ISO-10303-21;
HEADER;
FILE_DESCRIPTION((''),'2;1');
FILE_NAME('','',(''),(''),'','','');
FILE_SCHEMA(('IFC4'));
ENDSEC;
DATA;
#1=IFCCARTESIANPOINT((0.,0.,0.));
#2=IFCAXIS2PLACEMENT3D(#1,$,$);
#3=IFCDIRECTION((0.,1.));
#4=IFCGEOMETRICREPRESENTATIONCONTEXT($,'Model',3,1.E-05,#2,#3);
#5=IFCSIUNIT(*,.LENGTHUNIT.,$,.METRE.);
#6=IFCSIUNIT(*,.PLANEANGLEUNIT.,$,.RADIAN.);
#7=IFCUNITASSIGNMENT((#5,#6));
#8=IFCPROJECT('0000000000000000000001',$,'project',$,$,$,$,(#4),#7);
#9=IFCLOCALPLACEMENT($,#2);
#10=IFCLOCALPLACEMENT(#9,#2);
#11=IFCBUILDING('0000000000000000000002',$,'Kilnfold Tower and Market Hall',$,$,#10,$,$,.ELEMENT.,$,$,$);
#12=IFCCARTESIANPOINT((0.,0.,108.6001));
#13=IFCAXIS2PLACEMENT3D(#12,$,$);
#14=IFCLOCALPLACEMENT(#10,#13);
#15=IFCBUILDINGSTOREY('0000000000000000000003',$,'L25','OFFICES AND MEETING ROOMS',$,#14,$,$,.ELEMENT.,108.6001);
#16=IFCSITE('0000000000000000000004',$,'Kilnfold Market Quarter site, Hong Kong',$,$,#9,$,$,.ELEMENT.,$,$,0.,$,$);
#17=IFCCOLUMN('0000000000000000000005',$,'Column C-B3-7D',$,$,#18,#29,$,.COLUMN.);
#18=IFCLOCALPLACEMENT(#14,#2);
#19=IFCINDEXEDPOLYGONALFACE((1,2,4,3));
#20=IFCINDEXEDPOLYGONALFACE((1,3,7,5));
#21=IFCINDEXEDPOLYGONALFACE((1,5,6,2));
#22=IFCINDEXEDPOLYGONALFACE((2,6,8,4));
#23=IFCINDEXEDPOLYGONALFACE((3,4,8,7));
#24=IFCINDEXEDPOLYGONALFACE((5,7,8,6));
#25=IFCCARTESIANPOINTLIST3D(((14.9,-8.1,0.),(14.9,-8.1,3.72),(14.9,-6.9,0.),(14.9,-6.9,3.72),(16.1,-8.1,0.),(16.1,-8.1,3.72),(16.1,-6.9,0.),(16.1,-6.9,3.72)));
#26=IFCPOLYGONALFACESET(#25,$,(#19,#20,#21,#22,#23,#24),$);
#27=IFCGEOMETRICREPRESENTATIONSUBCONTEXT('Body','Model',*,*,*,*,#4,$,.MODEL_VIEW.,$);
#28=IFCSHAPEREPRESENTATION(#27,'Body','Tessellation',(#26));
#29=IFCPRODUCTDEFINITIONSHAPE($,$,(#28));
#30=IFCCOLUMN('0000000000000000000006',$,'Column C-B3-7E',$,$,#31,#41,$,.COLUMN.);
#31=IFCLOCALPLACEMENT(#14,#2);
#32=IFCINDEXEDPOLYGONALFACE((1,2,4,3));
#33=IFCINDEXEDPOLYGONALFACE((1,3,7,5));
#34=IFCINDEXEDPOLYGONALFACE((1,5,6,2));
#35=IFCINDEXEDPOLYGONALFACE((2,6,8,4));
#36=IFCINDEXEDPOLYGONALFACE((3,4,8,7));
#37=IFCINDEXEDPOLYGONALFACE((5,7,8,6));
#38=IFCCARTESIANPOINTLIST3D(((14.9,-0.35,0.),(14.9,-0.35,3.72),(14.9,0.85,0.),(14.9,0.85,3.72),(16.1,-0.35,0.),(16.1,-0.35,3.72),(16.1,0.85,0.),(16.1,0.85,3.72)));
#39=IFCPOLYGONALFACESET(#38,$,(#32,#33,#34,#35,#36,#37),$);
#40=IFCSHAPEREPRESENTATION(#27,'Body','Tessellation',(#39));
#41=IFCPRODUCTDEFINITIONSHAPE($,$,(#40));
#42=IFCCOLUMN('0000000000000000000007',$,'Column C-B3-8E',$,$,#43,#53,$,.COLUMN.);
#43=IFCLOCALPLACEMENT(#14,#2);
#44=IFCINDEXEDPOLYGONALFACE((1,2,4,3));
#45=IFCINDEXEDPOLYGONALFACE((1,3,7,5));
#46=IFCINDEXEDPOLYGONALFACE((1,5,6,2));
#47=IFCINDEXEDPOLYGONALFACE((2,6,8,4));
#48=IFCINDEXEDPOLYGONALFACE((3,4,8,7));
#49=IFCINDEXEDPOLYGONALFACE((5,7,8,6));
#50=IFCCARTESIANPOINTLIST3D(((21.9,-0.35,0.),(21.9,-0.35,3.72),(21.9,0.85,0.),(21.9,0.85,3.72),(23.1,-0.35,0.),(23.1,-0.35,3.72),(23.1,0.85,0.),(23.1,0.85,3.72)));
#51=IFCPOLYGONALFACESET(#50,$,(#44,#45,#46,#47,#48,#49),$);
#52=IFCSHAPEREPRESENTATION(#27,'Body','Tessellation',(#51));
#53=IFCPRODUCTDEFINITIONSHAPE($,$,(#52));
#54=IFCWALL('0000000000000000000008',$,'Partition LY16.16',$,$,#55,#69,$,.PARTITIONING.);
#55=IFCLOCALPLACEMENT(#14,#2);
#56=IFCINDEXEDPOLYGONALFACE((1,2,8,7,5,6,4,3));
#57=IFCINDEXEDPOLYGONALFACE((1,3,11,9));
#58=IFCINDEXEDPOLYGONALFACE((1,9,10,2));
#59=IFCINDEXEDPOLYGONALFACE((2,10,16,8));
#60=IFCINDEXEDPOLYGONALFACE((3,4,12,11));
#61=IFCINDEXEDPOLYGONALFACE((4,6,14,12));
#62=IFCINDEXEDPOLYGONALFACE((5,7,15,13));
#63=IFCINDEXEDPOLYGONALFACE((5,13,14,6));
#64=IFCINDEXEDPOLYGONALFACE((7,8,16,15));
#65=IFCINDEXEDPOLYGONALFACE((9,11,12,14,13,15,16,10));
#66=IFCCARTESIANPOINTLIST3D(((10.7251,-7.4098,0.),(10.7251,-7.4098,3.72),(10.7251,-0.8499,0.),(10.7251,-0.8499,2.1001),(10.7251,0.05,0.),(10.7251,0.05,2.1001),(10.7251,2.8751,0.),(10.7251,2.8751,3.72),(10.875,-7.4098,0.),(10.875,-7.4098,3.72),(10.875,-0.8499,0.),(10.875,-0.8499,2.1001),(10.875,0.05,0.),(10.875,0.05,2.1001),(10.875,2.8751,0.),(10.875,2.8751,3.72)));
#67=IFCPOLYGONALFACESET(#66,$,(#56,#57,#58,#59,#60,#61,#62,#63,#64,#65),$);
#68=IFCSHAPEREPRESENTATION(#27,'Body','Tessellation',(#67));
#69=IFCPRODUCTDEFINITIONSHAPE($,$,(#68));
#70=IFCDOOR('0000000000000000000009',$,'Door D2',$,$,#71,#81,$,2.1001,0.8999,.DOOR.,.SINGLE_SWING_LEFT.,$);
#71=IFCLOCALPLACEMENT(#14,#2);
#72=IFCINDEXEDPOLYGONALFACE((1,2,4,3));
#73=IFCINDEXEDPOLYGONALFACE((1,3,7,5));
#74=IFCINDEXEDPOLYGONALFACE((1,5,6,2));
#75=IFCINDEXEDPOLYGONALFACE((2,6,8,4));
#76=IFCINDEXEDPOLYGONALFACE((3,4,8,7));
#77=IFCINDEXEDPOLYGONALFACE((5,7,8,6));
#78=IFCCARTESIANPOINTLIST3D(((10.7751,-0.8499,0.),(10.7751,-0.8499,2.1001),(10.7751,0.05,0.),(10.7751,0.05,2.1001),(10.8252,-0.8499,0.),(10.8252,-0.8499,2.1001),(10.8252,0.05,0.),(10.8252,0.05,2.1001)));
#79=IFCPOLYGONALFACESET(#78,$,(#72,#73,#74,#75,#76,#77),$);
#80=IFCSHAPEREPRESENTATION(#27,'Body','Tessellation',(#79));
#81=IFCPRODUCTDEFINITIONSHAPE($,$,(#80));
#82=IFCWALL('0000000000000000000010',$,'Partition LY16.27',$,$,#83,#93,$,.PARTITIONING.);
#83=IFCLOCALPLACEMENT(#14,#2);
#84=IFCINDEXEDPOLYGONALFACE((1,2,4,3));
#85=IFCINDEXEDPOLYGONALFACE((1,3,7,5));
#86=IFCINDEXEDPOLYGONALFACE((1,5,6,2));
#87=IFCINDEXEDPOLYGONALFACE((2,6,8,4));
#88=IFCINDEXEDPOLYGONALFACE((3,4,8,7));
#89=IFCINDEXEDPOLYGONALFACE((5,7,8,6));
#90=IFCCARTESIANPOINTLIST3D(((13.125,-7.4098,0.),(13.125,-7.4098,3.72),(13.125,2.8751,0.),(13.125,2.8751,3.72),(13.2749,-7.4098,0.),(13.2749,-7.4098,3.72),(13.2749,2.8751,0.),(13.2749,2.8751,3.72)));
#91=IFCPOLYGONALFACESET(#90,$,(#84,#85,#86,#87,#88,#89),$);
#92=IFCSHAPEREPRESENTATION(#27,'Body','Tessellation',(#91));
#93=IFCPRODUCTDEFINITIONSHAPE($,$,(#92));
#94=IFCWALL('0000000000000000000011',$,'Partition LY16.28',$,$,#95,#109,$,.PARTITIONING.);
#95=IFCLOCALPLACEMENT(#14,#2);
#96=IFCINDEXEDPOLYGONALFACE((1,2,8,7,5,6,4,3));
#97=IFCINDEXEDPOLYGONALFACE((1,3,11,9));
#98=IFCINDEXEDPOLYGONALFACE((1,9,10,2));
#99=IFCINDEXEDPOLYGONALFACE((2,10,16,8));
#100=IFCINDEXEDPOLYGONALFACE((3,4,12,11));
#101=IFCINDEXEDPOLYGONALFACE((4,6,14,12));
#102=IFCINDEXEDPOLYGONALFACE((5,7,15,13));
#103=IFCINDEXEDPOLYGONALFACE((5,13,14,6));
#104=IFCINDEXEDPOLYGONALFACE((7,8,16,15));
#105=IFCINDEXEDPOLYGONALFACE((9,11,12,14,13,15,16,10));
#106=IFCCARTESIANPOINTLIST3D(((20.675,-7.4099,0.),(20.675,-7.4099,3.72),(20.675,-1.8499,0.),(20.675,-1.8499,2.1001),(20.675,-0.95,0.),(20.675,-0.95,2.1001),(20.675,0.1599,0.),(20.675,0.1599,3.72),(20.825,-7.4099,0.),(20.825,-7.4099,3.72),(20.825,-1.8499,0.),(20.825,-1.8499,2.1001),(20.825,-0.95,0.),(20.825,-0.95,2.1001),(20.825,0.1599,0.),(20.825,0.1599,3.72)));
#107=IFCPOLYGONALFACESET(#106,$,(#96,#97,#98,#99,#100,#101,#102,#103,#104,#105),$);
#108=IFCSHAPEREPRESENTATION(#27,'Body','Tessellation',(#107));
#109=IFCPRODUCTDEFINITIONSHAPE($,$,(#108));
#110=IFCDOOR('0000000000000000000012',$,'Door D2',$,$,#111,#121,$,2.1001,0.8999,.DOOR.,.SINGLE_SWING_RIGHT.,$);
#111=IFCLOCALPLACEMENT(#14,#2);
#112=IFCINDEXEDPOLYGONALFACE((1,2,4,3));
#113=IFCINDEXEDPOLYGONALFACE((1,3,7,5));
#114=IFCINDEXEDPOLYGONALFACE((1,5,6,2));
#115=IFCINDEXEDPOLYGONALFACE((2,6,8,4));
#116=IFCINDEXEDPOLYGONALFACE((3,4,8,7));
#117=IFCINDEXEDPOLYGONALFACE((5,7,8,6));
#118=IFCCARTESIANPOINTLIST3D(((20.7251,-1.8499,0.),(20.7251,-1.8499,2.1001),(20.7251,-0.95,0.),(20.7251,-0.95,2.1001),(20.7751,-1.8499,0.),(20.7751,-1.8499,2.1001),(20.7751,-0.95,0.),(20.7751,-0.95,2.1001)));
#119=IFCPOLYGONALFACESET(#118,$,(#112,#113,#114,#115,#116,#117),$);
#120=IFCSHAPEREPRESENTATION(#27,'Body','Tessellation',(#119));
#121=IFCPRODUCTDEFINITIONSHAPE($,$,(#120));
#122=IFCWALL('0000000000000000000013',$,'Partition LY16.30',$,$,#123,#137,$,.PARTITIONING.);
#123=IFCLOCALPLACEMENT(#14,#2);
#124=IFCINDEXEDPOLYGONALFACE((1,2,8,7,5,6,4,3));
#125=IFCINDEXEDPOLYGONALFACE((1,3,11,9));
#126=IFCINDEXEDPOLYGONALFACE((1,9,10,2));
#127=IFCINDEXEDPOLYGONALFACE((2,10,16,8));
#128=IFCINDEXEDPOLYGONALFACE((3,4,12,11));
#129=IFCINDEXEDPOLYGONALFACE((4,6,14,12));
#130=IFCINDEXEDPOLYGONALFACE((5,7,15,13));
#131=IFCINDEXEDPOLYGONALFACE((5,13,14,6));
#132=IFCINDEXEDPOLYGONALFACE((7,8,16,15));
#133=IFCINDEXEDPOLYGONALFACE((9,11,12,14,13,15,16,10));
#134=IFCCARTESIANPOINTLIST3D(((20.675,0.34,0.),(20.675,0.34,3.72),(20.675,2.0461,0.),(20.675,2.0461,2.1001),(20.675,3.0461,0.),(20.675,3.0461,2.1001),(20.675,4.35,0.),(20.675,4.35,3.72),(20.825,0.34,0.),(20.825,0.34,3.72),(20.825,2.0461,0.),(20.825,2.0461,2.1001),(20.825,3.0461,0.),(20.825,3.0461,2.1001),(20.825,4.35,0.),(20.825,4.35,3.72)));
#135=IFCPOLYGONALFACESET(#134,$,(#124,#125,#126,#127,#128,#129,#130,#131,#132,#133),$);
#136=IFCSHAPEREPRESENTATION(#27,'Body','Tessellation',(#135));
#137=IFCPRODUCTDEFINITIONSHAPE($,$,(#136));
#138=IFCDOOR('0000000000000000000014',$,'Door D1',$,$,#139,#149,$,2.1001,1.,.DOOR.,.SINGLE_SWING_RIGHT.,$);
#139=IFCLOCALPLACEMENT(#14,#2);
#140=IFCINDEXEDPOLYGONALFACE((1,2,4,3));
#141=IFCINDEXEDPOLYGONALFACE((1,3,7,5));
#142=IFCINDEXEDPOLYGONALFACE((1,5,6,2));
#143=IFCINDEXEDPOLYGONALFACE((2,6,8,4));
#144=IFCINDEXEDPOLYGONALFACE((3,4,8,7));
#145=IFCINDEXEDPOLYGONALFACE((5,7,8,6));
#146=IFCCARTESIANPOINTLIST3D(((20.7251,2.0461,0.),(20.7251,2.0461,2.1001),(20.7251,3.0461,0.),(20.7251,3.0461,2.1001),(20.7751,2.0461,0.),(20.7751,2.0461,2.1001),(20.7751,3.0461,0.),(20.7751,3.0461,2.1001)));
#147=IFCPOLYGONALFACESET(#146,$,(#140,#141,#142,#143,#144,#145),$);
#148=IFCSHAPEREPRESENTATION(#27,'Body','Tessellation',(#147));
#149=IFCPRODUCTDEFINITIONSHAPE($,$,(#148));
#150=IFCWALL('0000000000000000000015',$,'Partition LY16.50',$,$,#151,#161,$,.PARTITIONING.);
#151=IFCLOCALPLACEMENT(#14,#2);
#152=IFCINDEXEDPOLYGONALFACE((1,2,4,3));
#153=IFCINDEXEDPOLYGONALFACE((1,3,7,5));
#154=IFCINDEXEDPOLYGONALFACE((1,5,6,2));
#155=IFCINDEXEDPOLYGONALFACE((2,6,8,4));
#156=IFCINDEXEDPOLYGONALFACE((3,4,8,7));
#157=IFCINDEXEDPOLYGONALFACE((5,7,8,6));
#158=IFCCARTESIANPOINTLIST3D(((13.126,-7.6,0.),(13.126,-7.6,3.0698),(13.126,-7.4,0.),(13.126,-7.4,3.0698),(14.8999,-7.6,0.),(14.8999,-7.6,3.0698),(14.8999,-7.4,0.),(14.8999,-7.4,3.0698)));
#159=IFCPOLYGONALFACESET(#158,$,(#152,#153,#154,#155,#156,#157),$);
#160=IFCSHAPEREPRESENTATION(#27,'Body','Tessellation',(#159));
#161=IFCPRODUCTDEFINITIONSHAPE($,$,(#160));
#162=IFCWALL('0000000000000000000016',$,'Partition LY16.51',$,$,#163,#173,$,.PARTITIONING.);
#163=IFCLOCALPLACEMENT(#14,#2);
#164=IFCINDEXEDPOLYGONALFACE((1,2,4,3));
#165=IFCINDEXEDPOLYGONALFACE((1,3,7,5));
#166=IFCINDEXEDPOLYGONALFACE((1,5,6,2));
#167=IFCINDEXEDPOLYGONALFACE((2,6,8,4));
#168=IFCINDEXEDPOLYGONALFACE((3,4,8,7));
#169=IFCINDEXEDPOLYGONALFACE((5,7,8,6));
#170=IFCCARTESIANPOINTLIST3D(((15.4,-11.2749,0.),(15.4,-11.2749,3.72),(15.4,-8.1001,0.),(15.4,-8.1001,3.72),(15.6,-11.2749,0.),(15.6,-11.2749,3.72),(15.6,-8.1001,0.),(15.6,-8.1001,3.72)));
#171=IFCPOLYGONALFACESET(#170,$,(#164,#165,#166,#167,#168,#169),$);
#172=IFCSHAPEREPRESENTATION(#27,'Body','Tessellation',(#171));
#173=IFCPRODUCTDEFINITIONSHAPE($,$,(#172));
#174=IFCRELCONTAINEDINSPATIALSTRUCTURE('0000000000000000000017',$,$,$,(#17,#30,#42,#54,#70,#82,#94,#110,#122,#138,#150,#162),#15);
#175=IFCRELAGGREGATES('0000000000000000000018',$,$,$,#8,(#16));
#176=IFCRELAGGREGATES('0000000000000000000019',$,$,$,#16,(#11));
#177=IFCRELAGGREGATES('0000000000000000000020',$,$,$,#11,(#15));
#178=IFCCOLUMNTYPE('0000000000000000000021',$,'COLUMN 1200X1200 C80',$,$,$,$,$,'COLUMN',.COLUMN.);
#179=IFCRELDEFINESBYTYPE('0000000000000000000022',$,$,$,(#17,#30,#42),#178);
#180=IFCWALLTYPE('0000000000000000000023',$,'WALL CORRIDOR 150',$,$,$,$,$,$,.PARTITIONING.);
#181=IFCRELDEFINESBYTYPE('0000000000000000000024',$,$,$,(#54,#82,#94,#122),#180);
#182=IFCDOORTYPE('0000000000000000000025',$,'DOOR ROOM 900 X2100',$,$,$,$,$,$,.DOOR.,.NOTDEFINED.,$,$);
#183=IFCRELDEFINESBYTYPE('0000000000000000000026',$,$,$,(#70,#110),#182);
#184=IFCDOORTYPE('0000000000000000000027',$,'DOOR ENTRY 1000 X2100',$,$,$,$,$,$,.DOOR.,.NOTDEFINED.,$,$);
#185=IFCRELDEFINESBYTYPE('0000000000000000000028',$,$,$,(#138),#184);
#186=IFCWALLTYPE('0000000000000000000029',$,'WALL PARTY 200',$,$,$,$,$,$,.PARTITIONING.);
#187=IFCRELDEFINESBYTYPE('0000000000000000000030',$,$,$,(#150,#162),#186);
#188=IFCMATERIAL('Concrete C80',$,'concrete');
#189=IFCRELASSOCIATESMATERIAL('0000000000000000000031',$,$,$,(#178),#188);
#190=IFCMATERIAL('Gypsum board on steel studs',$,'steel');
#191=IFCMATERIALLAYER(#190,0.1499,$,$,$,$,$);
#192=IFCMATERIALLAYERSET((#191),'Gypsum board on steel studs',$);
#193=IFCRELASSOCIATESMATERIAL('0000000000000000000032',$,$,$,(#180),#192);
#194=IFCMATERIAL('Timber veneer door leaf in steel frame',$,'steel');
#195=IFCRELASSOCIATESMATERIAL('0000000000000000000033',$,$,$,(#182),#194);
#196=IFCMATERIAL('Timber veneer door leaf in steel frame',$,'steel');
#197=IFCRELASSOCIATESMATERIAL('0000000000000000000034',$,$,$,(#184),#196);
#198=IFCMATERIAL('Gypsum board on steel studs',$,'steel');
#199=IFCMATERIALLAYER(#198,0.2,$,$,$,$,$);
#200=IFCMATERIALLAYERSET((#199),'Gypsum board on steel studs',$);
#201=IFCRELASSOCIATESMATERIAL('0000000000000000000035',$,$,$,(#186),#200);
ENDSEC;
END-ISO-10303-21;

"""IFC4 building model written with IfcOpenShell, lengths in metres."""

from ifc_helpers import new_model, si_unit, direction, frame, frame_2d, origin, origin_2d, place, context, subcontext, project, spatial, rectangle, extrude, source, transform, mapped, material, layer, layer_set, material_profile, profile_set, type_object, element, fill, save


model = new_model("IFC4")

# Units and contexts
model_context = context("Model", 3, precision=1e-05, world=origin(), true_north=direction((0.0, 1.0)))
body_context = subcontext(model_context, "Body", "Model", "MODEL_VIEW")
ifc_project = project(units=[si_unit("LENGTHUNIT", "METRE"), si_unit("PLANEANGLEUNIT", "RADIAN")], contexts=[model_context])

# Site, building, storey
site_placement = place(None, origin())
site = spatial("IfcSite", under=ifc_project, at=site_placement, Name="Kilnfold Market Quarter site, Hong Kong", CompositionType="ELEMENT", RefElevation=0.0)
building_placement = place(site_placement, origin())
building = spatial("IfcBuilding", under=site, at=building_placement, Name="Kilnfold Tower and Market Hall", CompositionType="ELEMENT")
storey_placement = place(building_placement, frame((0.0, 0.0, 108.6001)))
storey = spatial("IfcBuildingStorey", under=building, at=storey_placement, Name="L25", Description="OFFICES AND MEETING ROOMS", CompositionType="ELEMENT", Elevation=108.6001)

# Columns
ifc_material_1 = material(Name="Concrete C80", Category="concrete")
ifc_material_profile = material_profile(ifc_material_1, rectangle(XDim=1.2, YDim=1.2, at=origin_2d()), Name="RC 1200x1200")
ifc_profile_set = profile_set([ifc_material_profile], Name="Concrete C80")
column_type = type_object("IfcColumnType", Name="COLUMN 1200X1200 C80", ElementType="COLUMN", PredefinedType="COLUMN", material=ifc_profile_set)
shared_shape_1 = source(origin(), body_context, "Body", "SweptSolid", [
    extrude(rectangle(XDim=1.2, YDim=1.2, at=origin_2d()), origin(), (0.0, 0.0, 1.0), 3.72),
])
for number, where, z_axis, x_axis, name in (
    (1, (15.5, -7.5, 0.0), (0.0, 0.0, 1.0), (1.0, 0.0, 0.0), "Column C-B3-7D"),
    (2, (15.5, 0.25, 0.0), (0.0, 0.0, 1.0), (1.0, 0.0, 0.0), "Column C-B3-7E"),
    (3, (22.5, 0.25, 0.0), (0.0, 0.0, 1.0), (1.0, 0.0, 0.0), "Column C-B3-8E"),
):
    element("IfcColumn", number, at=place(storey_placement, frame(where, z_axis=z_axis, x_axis=x_axis)), inside=storey, type_object=column_type, Name=name, PredefinedType="COLUMN", context=body_context, shape_type="MappedRepresentation", body=[
        mapped(shared_shape_1, transform((0.0, 0.0, 0.0))),
    ])

# Wall, opening, door
ifc_material_2 = material(Name="Gypsum board on steel studs", Category="steel")
ifc_layer_1 = layer(ifc_material_2, 0.1499)
ifc_layer_set_1 = layer_set([ifc_layer_1], Name="Gypsum board on steel studs")
wall_type_1 = type_object("IfcWallType", Name="WALL CORRIDOR 150", PredefinedType="PARTITIONING", material=ifc_layer_set_1)
wall_1_placement = place(storey_placement, frame((10.8, -7.4099, 0.0), z_axis=(0.0, 0.0, 1.0), x_axis=(0.0, 1.0, 0.0)))
wall_1 = element("IfcWall", 4, at=wall_1_placement, inside=storey, type_object=wall_type_1, Name="Partition LY16.16", PredefinedType="PARTITIONING", context=body_context, shape_type="SweptSolid", body=[
    extrude(rectangle(XDim=10.2849, YDim=0.1499, at=frame_2d((5.1426, 0.0))), origin(), (0.0, 0.0, 1.0), 3.72),
])
opening_1_placement = place(wall_1_placement, frame((6.5601, 0.0, 0.0)))
opening_1 = element("IfcOpeningElement", 5, at=opening_1_placement, cuts=wall_1, PredefinedType="OPENING", context=body_context, shape_type="SweptSolid", body=[
    extrude(rectangle(XDim=0.8999, YDim=2.1001, at=frame_2d((0.45, 1.05))), frame((0.0, 0.085, 0.0), z_axis=(0.0, -1.0, 0.0), x_axis=(1.0, 0.0, 0.0)), (0.0, 0.0, 1.0), 0.1699),
])
ifc_material_3 = material(Name="Timber veneer door leaf in steel frame", Category="steel")
door_type_1 = type_object("IfcDoorType", Name="DOOR ROOM 900 X2100", OperationType="NOTDEFINED", PredefinedType="DOOR", material=ifc_material_3)
door_1_placement = place(opening_1_placement, origin())
door_1 = element("IfcDoor", 6, at=door_1_placement, inside=storey, type_object=door_type_1, Name="Door D2", OperationType="SINGLE_SWING_LEFT", OverallHeight=2.1001, OverallWidth=0.8999, PredefinedType="DOOR", context=body_context, shape_type="SweptSolid", body=[
    extrude(rectangle(XDim=0.8999, YDim=2.1001, at=frame_2d((0.45, 1.05))), frame((0.0, 0.0249, 0.0), z_axis=(0.0, -1.0, 0.0), x_axis=(1.0, 0.0, 0.0)), (0.0, 0.0, 1.0), 0.05),
])
fill(opening_1, door_1)

# Wall
wall_2_placement = place(storey_placement, frame((13.2, -7.4099, 0.0), z_axis=(0.0, 0.0, 1.0), x_axis=(0.0, 1.0, 0.0)))
element("IfcWall", 7, at=wall_2_placement, inside=storey, type_object=wall_type_1, Name="Partition LY16.27", PredefinedType="PARTITIONING", context=body_context, shape_type="SweptSolid", body=[
    extrude(rectangle(XDim=10.2849, YDim=0.1499, at=frame_2d((5.1426, 0.0))), origin(), (0.0, 0.0, 1.0), 3.72),
])

# Walls, openings, doors
wall_3_placement = place(storey_placement, frame((20.75, -7.4099, 0.0), z_axis=(0.0, 0.0, 1.0), x_axis=(0.0, 1.0, 0.0)))
wall_3 = element("IfcWall", 8, at=wall_3_placement, inside=storey, type_object=wall_type_1, Name="Partition LY16.28", PredefinedType="PARTITIONING", context=body_context, shape_type="SweptSolid", body=[
    extrude(rectangle(XDim=7.5698, YDim=0.1499, at=frame_2d((3.7849, 0.0))), origin(), (0.0, 0.0, 1.0), 3.72),
])
opening_2_placement = place(wall_3_placement, frame((5.5601, 0.0, 0.0)))
opening_2 = element("IfcOpeningElement", 9, at=opening_2_placement, cuts=wall_3, PredefinedType="OPENING", context=body_context, shape_type="SweptSolid", body=[
    extrude(rectangle(XDim=0.8999, YDim=2.1001, at=frame_2d((0.45, 1.05))), frame((0.0, 0.085, 0.0), z_axis=(0.0, -1.0, 0.0), x_axis=(1.0, 0.0, 0.0)), (0.0, 0.0, 1.0), 0.1699),
])
door_2_placement = place(opening_2_placement, origin())
door_2 = element("IfcDoor", 10, at=door_2_placement, inside=storey, type_object=door_type_1, Name="Door D2", OperationType="SINGLE_SWING_RIGHT", OverallHeight=2.1001, OverallWidth=0.8999, PredefinedType="DOOR", context=body_context, shape_type="SweptSolid", body=[
    extrude(rectangle(XDim=0.8999, YDim=2.1001, at=frame_2d((0.45, 1.05))), frame((0.0, 0.0249, 0.0), z_axis=(0.0, -1.0, 0.0), x_axis=(1.0, 0.0, 0.0)), (0.0, 0.0, 1.0), 0.05),
])
fill(opening_2, door_2)
wall_4_placement = place(storey_placement, frame((20.75, 0.3401, 0.0), z_axis=(0.0, 0.0, 1.0), x_axis=(0.0, 1.0, 0.0)))
wall_4 = element("IfcWall", 11, at=wall_4_placement, inside=storey, type_object=wall_type_1, Name="Partition LY16.30", PredefinedType="PARTITIONING", context=body_context, shape_type="SweptSolid", body=[
    extrude(rectangle(XDim=4.01, YDim=0.1499, at=frame_2d((2.0049, 0.0))), origin(), (0.0, 0.0, 1.0), 3.72),
])
opening_3_placement = place(wall_4_placement, frame((1.7061, 0.0, 0.0)))
opening_3 = element("IfcOpeningElement", 12, at=opening_3_placement, cuts=wall_4, PredefinedType="OPENING", context=body_context, shape_type="SweptSolid", body=[
    extrude(rectangle(XDim=1.0, YDim=2.1001, at=frame_2d((0.5, 1.05))), frame((0.0, 0.085, 0.0), z_axis=(0.0, -1.0, 0.0), x_axis=(1.0, 0.0, 0.0)), (0.0, 0.0, 1.0), 0.1699),
])
ifc_material_4 = material(Name="Timber veneer door leaf in steel frame", Category="steel")
door_type_2 = type_object("IfcDoorType", Name="DOOR ENTRY 1000 X2100", OperationType="NOTDEFINED", PredefinedType="DOOR", material=ifc_material_4)
door_3_placement = place(opening_3_placement, origin())
door_3 = element("IfcDoor", 13, at=door_3_placement, inside=storey, type_object=door_type_2, Name="Door D1", OperationType="SINGLE_SWING_RIGHT", OverallHeight=2.1001, OverallWidth=1.0, PredefinedType="DOOR", context=body_context, shape_type="SweptSolid", body=[
    extrude(rectangle(XDim=1.0, YDim=2.1001, at=frame_2d((0.5, 1.05))), frame((0.0, 0.0249, 0.0), z_axis=(0.0, -1.0, 0.0), x_axis=(1.0, 0.0, 0.0)), (0.0, 0.0, 1.0), 0.05),
])
fill(opening_3, door_3)

# Walls
ifc_material_5 = material(Name="Gypsum board on steel studs", Category="steel")
ifc_layer_2 = layer(ifc_material_5, 0.2)
ifc_layer_set_2 = layer_set([ifc_layer_2], Name="Gypsum board on steel studs")
wall_type_2 = type_object("IfcWallType", Name="WALL PARTY 200", PredefinedType="PARTITIONING", material=ifc_layer_set_2)
wall_5_placement = place(storey_placement, frame((13.126, -7.5, 0.0), z_axis=(0.0, 0.0, 1.0), x_axis=(1.0, 0.0, 0.0)))
element("IfcWall", 14, at=wall_5_placement, inside=storey, type_object=wall_type_2, Name="Partition LY16.50", PredefinedType="PARTITIONING", context=body_context, shape_type="SweptSolid", body=[
    extrude(rectangle(XDim=1.7739, YDim=0.2, at=frame_2d((0.887, 0.0))), origin(), (0.0, 0.0, 1.0), 3.0698),
])
wall_6_placement = place(storey_placement, frame((15.5, -11.2749, 0.0), z_axis=(0.0, 0.0, 1.0), x_axis=(0.0, 1.0, 0.0)))
element("IfcWall", 15, at=wall_6_placement, inside=storey, type_object=wall_type_2, Name="Partition LY16.51", PredefinedType="PARTITIONING", context=body_context, shape_type="SweptSolid", body=[
    extrude(rectangle(XDim=3.1748, YDim=0.2, at=frame_2d((1.5874, 0.0))), origin(), (0.0, 0.0, 1.0), 3.72),
])

save(model, "model.ifc")
